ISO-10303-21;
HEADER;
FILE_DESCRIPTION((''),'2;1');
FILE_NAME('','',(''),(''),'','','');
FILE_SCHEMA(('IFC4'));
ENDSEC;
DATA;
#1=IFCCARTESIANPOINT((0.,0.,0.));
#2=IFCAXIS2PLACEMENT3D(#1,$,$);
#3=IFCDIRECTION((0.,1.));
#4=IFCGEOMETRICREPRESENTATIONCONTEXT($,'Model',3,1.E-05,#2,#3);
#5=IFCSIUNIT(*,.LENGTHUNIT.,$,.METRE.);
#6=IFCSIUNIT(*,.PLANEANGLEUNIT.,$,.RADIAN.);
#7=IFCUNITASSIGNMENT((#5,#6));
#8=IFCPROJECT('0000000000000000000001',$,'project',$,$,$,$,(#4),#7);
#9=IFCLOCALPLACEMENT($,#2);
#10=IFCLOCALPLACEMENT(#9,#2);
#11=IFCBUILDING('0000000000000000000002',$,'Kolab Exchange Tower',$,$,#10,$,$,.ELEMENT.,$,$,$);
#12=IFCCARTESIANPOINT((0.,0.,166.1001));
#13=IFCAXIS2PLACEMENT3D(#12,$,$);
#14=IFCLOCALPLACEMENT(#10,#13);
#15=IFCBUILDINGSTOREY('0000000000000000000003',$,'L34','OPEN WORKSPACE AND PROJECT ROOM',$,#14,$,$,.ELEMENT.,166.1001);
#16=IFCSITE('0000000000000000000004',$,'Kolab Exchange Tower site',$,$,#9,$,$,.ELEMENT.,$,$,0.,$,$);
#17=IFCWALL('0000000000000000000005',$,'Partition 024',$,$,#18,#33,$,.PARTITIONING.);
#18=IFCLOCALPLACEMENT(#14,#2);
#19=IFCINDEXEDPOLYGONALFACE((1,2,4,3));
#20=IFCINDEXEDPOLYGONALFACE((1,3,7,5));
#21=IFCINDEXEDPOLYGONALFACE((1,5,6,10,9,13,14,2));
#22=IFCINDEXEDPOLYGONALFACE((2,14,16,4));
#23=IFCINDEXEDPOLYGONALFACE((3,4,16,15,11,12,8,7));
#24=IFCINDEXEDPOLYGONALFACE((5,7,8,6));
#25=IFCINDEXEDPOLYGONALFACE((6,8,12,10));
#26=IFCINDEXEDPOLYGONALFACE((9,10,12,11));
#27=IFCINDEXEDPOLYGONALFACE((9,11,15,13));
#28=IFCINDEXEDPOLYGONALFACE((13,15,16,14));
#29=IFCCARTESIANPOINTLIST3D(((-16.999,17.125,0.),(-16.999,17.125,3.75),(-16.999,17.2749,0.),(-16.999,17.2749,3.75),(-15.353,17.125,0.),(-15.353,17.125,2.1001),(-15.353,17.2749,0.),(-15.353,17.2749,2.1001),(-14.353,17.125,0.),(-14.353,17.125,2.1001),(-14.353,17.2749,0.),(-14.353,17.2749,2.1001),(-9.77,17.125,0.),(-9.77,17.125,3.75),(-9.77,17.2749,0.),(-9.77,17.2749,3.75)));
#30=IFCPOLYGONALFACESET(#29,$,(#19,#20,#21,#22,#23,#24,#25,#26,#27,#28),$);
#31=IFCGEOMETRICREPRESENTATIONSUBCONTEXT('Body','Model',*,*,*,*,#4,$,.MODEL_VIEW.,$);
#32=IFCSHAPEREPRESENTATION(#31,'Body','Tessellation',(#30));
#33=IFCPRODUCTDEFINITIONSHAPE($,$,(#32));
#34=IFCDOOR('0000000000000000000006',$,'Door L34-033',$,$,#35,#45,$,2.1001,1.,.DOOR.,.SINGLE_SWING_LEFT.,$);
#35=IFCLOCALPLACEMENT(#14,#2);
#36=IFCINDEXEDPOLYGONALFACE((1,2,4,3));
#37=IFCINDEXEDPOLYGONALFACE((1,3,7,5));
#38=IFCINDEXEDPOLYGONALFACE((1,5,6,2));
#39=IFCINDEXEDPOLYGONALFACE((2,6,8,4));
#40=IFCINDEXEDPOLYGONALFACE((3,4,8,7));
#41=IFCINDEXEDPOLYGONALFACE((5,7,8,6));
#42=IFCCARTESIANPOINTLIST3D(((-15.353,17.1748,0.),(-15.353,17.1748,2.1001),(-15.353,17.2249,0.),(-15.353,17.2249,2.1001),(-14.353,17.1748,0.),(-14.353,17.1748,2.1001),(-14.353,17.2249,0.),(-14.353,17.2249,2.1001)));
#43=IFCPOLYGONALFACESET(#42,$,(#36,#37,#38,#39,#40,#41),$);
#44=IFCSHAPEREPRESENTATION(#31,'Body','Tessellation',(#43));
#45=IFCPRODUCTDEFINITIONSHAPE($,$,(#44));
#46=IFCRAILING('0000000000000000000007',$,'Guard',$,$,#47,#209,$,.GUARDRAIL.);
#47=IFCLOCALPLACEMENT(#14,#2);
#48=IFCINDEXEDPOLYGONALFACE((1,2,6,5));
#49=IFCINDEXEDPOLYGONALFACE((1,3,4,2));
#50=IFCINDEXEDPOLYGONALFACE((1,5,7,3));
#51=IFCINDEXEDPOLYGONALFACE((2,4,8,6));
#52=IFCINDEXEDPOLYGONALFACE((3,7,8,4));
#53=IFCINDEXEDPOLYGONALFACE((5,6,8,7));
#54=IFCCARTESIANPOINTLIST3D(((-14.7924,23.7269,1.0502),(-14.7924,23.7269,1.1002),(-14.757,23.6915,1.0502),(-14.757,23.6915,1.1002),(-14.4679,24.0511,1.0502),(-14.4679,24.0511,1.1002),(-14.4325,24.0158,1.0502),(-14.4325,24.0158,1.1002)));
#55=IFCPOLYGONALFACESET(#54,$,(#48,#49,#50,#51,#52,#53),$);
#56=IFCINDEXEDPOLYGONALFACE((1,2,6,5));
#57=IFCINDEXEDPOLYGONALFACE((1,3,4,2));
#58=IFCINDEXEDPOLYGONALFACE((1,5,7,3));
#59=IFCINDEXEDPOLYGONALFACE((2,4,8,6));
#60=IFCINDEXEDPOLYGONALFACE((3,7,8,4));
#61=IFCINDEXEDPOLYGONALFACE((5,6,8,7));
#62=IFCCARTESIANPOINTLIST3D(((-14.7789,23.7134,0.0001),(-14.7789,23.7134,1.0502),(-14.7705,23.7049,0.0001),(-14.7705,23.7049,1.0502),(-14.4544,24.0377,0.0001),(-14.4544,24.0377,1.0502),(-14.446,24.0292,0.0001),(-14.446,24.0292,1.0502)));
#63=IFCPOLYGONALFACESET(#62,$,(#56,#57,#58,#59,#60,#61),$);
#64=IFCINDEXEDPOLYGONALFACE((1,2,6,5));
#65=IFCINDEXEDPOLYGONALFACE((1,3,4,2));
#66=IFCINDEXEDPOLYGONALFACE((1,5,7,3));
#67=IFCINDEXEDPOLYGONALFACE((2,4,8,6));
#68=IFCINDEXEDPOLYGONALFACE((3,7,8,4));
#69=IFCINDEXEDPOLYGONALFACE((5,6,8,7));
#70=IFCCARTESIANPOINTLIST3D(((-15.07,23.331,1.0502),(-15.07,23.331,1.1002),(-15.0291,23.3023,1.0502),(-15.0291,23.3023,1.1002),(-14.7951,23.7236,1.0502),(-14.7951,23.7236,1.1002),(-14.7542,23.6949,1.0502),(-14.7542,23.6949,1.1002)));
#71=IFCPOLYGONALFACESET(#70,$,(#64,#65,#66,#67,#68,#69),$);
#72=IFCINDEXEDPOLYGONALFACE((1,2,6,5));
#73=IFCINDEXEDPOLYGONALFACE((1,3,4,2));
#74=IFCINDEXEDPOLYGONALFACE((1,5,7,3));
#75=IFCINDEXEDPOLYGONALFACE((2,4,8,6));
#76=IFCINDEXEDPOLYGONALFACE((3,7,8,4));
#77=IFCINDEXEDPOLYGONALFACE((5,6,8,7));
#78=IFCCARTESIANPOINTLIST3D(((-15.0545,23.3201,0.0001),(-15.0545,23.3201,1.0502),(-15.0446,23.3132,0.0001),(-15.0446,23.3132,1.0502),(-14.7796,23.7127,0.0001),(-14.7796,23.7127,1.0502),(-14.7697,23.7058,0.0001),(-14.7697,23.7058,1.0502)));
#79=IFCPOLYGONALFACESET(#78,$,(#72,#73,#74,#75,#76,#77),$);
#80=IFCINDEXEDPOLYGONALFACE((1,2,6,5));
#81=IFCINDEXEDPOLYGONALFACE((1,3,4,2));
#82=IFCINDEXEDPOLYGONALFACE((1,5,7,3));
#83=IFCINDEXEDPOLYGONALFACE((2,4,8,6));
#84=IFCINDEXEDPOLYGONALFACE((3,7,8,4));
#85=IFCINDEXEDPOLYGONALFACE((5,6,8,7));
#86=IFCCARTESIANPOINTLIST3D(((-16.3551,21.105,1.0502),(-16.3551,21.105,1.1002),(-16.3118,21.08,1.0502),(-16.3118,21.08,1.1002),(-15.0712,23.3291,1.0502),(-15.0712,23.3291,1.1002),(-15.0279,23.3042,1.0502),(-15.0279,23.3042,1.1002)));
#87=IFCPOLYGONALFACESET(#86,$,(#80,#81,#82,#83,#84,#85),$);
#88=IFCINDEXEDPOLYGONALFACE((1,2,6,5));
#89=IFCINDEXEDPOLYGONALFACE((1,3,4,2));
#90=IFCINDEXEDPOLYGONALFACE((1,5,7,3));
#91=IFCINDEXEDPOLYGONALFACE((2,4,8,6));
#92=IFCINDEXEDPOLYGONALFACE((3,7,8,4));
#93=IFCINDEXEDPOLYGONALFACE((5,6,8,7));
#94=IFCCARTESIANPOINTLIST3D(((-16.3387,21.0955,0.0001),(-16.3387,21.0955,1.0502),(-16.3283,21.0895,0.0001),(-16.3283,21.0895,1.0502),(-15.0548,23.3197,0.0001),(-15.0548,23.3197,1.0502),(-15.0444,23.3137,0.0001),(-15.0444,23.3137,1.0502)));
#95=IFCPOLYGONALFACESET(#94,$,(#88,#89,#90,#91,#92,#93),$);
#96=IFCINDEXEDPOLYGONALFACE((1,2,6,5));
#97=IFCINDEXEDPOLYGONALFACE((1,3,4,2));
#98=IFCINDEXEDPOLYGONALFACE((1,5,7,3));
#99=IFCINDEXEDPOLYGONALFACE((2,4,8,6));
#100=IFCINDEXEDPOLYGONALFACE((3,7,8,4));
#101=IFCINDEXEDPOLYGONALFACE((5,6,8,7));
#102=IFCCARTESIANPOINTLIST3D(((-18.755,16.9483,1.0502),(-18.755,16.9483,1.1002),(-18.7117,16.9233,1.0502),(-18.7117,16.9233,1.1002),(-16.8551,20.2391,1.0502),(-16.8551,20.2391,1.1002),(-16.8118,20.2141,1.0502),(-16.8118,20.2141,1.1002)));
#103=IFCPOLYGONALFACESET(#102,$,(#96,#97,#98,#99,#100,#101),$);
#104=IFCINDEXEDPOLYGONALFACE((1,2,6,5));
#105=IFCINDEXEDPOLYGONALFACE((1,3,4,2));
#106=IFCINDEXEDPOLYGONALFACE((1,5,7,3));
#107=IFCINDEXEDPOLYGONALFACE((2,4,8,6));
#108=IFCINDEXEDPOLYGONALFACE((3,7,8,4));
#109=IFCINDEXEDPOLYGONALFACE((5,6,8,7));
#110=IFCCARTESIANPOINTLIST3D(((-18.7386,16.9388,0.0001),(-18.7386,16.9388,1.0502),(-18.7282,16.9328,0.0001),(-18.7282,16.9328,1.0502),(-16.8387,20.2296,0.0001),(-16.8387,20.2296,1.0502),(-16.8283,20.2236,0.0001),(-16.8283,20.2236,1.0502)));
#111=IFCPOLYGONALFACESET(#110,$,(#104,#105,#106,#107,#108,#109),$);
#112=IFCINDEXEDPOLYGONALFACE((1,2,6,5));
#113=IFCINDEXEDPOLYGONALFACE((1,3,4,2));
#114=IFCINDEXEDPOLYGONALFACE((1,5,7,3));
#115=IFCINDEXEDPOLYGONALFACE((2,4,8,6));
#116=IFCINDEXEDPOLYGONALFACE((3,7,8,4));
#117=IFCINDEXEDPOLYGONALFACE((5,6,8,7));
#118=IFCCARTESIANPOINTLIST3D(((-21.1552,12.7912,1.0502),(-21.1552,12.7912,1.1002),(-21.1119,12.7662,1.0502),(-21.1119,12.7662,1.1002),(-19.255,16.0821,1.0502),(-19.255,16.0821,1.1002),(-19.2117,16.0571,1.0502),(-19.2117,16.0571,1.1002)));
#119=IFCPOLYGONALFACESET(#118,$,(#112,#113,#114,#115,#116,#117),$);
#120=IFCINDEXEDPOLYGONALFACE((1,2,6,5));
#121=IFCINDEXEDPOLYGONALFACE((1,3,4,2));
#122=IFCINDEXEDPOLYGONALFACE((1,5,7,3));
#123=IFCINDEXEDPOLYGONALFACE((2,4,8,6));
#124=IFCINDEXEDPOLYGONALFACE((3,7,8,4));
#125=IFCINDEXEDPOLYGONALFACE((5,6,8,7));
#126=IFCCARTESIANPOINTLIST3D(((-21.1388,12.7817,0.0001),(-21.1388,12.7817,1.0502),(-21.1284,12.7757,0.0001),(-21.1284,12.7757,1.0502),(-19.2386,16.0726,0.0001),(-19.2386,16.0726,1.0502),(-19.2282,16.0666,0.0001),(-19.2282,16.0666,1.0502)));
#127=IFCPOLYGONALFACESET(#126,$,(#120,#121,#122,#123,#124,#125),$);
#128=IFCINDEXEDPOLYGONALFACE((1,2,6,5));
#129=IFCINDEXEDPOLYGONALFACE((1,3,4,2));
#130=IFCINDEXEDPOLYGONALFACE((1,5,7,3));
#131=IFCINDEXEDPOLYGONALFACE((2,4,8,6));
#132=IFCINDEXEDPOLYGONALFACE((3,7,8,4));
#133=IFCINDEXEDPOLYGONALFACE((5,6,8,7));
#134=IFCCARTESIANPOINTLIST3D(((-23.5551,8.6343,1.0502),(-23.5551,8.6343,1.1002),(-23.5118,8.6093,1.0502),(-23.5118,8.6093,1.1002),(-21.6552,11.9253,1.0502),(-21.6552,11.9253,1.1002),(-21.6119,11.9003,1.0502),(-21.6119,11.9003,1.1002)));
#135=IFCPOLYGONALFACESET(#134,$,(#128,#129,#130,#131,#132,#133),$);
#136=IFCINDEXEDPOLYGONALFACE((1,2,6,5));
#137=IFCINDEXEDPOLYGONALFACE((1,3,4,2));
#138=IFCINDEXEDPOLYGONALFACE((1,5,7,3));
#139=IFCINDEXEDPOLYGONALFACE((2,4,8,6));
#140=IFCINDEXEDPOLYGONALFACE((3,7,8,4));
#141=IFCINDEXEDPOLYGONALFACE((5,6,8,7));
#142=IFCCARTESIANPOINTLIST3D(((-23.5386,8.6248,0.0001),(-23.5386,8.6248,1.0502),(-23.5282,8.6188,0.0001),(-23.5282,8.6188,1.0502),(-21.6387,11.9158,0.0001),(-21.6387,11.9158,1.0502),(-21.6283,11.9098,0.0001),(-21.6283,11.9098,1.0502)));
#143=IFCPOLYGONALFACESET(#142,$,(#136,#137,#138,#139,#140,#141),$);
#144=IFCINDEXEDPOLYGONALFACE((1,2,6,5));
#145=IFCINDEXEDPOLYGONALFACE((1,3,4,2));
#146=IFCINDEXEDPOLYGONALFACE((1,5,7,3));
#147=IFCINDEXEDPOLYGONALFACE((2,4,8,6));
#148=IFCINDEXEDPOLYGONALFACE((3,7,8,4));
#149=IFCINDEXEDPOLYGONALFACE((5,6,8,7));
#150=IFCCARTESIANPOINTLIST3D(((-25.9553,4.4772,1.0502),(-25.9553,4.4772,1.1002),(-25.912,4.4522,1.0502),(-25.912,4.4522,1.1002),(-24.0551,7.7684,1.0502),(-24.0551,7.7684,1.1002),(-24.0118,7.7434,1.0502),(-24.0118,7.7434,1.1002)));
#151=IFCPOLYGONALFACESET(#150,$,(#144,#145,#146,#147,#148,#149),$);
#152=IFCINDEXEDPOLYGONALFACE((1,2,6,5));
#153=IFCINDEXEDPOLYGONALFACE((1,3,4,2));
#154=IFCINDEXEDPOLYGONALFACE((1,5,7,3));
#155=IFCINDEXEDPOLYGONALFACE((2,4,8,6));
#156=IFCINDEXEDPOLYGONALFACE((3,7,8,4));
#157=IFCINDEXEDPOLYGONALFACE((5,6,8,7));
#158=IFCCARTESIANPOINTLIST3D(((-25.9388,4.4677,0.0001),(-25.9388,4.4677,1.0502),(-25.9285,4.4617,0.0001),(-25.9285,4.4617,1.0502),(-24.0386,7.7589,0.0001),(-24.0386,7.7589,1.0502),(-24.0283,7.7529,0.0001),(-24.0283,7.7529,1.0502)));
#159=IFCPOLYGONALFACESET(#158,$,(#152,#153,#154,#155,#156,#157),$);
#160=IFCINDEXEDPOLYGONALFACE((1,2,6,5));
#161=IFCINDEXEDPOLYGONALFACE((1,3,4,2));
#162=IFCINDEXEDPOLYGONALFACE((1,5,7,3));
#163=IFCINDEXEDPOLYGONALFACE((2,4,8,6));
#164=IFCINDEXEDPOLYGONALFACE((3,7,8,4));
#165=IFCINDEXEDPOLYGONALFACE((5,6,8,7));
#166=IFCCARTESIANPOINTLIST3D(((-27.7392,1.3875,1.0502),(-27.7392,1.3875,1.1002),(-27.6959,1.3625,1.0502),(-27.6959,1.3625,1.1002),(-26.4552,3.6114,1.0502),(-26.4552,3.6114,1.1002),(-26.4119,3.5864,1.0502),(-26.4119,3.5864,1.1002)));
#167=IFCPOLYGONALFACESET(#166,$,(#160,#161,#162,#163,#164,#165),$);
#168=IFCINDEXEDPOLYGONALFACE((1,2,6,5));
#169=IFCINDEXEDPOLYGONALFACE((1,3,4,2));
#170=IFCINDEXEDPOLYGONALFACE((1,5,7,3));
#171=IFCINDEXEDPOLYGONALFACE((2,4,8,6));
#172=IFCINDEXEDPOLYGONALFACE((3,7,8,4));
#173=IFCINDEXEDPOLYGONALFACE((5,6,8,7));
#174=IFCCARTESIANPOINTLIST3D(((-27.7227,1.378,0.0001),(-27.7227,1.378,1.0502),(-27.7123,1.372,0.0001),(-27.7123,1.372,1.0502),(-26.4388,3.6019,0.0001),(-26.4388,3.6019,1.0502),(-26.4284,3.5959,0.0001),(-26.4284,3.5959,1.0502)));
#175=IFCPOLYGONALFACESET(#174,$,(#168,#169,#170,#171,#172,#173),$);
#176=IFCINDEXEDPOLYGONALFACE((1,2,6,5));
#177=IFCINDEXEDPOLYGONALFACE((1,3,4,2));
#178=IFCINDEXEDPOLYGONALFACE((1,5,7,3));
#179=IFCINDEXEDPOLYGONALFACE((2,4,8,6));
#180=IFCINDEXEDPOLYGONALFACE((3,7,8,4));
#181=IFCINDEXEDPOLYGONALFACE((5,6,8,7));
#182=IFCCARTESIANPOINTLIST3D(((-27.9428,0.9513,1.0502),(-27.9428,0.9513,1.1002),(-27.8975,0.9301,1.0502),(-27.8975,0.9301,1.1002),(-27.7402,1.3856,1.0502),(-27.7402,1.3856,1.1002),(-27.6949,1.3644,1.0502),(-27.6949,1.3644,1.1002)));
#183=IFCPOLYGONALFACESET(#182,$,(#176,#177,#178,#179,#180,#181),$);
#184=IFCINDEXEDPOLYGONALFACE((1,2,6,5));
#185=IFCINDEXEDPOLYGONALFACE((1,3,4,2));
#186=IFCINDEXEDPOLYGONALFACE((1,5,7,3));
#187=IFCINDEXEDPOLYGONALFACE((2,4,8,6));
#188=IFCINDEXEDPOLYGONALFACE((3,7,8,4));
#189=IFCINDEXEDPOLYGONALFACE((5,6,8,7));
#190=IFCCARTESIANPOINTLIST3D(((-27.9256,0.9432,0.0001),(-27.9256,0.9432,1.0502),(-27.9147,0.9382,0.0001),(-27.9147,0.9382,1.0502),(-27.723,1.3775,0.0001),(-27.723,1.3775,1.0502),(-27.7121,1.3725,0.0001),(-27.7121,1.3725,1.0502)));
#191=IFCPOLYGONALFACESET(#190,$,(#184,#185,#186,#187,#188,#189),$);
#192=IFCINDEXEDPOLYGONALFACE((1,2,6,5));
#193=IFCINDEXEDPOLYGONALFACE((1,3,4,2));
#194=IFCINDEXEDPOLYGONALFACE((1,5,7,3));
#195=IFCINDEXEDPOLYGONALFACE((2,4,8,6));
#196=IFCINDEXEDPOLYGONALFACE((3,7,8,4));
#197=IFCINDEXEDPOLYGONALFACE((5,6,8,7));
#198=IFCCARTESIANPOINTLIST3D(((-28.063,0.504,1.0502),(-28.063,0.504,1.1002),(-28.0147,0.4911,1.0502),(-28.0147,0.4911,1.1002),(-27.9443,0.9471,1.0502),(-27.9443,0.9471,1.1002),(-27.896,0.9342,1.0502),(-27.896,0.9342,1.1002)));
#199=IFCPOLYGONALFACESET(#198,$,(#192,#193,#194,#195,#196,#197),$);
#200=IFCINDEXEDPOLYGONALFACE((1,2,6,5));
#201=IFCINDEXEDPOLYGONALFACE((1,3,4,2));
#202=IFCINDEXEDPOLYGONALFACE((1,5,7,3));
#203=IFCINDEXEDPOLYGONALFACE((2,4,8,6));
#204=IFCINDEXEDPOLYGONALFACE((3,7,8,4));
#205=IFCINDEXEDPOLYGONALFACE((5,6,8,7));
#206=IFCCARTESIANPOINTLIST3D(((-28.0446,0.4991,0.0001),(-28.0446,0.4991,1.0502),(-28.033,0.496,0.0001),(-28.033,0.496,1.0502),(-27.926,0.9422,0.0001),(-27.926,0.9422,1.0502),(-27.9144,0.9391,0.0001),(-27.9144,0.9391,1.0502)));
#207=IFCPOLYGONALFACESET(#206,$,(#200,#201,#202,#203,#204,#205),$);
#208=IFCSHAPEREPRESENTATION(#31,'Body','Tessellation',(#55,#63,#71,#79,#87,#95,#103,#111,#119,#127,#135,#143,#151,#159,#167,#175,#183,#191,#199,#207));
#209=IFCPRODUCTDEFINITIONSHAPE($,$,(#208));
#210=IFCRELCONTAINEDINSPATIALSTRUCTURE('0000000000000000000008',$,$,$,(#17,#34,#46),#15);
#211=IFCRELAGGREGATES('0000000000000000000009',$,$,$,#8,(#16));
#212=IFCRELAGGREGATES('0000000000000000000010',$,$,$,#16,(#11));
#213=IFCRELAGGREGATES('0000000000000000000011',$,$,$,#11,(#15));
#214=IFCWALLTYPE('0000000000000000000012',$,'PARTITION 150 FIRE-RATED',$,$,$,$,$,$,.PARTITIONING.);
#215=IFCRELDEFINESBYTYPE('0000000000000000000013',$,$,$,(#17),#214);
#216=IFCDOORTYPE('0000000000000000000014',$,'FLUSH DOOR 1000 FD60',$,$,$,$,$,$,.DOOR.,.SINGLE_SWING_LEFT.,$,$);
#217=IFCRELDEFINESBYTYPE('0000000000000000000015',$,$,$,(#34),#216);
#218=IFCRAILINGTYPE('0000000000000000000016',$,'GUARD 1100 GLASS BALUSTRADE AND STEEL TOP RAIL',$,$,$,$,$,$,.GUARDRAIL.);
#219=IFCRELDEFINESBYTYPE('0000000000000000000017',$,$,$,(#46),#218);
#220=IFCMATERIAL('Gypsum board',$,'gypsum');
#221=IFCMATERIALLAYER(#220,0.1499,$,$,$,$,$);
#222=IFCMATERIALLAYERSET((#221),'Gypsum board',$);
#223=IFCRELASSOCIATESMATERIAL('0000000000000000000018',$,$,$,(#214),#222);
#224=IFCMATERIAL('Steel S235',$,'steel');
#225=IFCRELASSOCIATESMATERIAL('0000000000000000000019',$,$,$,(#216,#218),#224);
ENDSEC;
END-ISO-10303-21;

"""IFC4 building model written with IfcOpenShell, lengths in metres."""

from ifc_helpers import new_model, si_unit, direction, frame, frame_2d, origin, origin_2d, place, context, subcontext, project, spatial, rectangle, extrude, material, layer, layer_set, type_object, element, fill, save


model = new_model("IFC4")

# Units and contexts
model_context = context("Model", 3, precision=1e-05, world=origin(), true_north=direction((0.0, 1.0)))
body_context = subcontext(model_context, "Body", "Model", "MODEL_VIEW")
ifc_project = project(units=[si_unit("LENGTHUNIT", "METRE"), si_unit("PLANEANGLEUNIT", "RADIAN")], contexts=[model_context])

# Site, building, storey
site_placement = place(None, origin())
site = spatial("IfcSite", under=ifc_project, at=site_placement, Name="Kolab Exchange Tower site", CompositionType="ELEMENT", RefElevation=0.0)
building_placement = place(site_placement, origin())
building = spatial("IfcBuilding", under=site, at=building_placement, Name="Kolab Exchange Tower", CompositionType="ELEMENT")
storey_placement = place(building_placement, frame((0.0, 0.0, 166.1001)))
storey = spatial("IfcBuildingStorey", under=building, at=storey_placement, Name="L34", Description="OPEN WORKSPACE AND PROJECT ROOM", CompositionType="ELEMENT", Elevation=166.1001)

# Wall, opening, door
ifc_material_1 = material(Name="Gypsum board", Category="gypsum")
ifc_layer_1 = layer(ifc_material_1, 0.1499)
ifc_layer_set_1 = layer_set([ifc_layer_1], Name="Gypsum board")
wall_type_1 = type_object("IfcWallType", Name="PARTITION 150 FIRE-RATED", PredefinedType="PARTITIONING", material=ifc_layer_set_1)
wall_1_placement = place(storey_placement, frame((-16.999, 17.2, 0.0), z_axis=(0.0, 0.0, 1.0), x_axis=(1.0, 0.0, 0.0)))
wall_1 = element("IfcWall", 1, at=wall_1_placement, inside=storey, type_object=wall_type_1, Name="Partition 024", PredefinedType="PARTITIONING", context=body_context, shape_type="SweptSolid", body=[
    extrude(rectangle(XDim=7.229, YDim=0.1499, at=frame_2d((3.6145, 0.0))), origin(), (0.0, 0.0, 1.0), 3.75),
])
opening_1_placement = place(wall_1_placement, frame((1.646, 0.0, 0.0)))
opening_1 = element("IfcOpeningElement", 2, at=opening_1_placement, cuts=wall_1, PredefinedType="OPENING", context=body_context, shape_type="SweptSolid", body=[
    extrude(rectangle(XDim=1.0, YDim=2.1001, at=frame_2d((0.5, 1.05))), frame((0.0, 0.085, 0.0), z_axis=(0.0, -1.0, 0.0), x_axis=(1.0, 0.0, 0.0)), (0.0, 0.0, 1.0), 0.1699),
])
ifc_material_2 = material(Name="Steel S235", Category="steel")
door_type_1 = type_object("IfcDoorType", Name="FLUSH DOOR 1000 FD60", OperationType="SINGLE_SWING_LEFT", PredefinedType="DOOR", material=ifc_material_2)
door_1_placement = place(opening_1_placement, origin())
door_1 = element("IfcDoor", 3, at=door_1_placement, inside=storey, type_object=door_type_1, Name="Door L34-033", OperationType="SINGLE_SWING_LEFT", OverallHeight=2.1001, OverallWidth=1.0, PredefinedType="DOOR", context=body_context, shape_type="SweptSolid", body=[
    extrude(rectangle(XDim=1.0, YDim=2.1001, at=frame_2d((0.5, 1.05))), frame((0.0, 0.0249, 0.0), z_axis=(0.0, -1.0, 0.0), x_axis=(1.0, 0.0, 0.0)), (0.0, 0.0, 1.0), 0.05),
])
fill(opening_1, door_1)

# Railing
railing_type = type_object("IfcRailingType", Name="GUARD 1100 GLASS BALUSTRADE AND STEEL TOP RAIL", PredefinedType="GUARDRAIL", material=ifc_material_2)
railing_1_placement = place(storey_placement, frame((-14.4502, 24.0334, 0.0)))
element("IfcRailing", 4, at=railing_1_placement, inside=storey, type_object=railing_type, Name="Guard", PredefinedType="GUARDRAIL", context=body_context, shape_type="SweptSolid", body=[
    extrude(rectangle(XDim=0.05, YDim=0.05, at=origin_2d()), frame((0.0, 0.0, 1.0752), z_axis=(-0.707373, -0.706841, 0.0), x_axis=(0.706841, -0.707373, 0.0)), (0.0, 0.0, 1.0), 0.4587),
    extrude(rectangle(XDim=0.012, YDim=1.0501, at=frame_2d((0.0, 0.5251))), frame((0.0, 0.0, 0.0), z_axis=(-0.707373, -0.706841, 0.0), x_axis=(0.706841, -0.707373, 0.0)), (0.0, 0.0, 1.0), 0.4587),
    extrude(rectangle(XDim=0.05, YDim=0.05, at=origin_2d()), frame((-0.3245, -0.3242, 1.0752), z_axis=(-0.573599, -0.819136, 0.0), x_axis=(0.819136, -0.573599, 0.0)), (0.0, 0.0, 1.0), 0.4792),
    extrude(rectangle(XDim=0.012, YDim=1.0501, at=frame_2d((0.0, 0.5251))), frame((-0.3245, -0.3242, 0.0), z_axis=(-0.573599, -0.819136, 0.0), x_axis=(0.819136, -0.573599, 0.0)), (0.0, 0.0, 1.0), 0.4792),
    extrude(rectangle(XDim=0.05, YDim=0.05, at=origin_2d()), frame((-0.5994, -0.7168, 1.0752), z_axis=(-0.499953, -0.866053, 0.0), x_axis=(0.866053, -0.499953, 0.0)), (0.0, 0.0, 1.0), 2.5681),
    extrude(rectangle(XDim=0.012, YDim=1.0501, at=frame_2d((0.0, 0.5251))), frame((-0.5994, -0.7168, 0.0), z_axis=(-0.499953, -0.866053, 0.0), x_axis=(0.866053, -0.499953, 0.0)), (0.0, 0.0, 1.0), 2.5681),
    extrude(rectangle(XDim=0.05, YDim=0.05, at=origin_2d()), frame((-2.3833, -3.8069, 1.0752), z_axis=(-0.499995, -0.866028, 0.0), x_axis=(0.866028, -0.499995, 0.0)), (0.0, 0.0, 1.0), 3.7998),
    extrude(rectangle(XDim=0.012, YDim=1.0501, at=frame_2d((0.0, 0.5251))), frame((-2.3833, -3.8069, 0.0), z_axis=(-0.499995, -0.866028, 0.0), x_axis=(0.866028, -0.499995, 0.0)), (0.0, 0.0, 1.0), 3.7998),
    extrude(rectangle(XDim=0.05, YDim=0.05, at=origin_2d()), frame((-4.7832, -7.9639, 1.0752), z_axis=(-0.500043, -0.866, 0.0), x_axis=(0.866, -0.500043, 0.0)), (0.0, 0.0, 1.0), 3.8),
    extrude(rectangle(XDim=0.012, YDim=1.0501, at=frame_2d((0.0, 0.5251))), frame((-4.7832, -7.9639, 0.0), z_axis=(-0.500043, -0.866, 0.0), x_axis=(0.866, -0.500043, 0.0)), (0.0, 0.0, 1.0), 3.8),
    extrude(rectangle(XDim=0.05, YDim=0.05, at=origin_2d()), frame((-7.1833, -12.1206, 1.0752), z_axis=(-0.499967, -0.866044, 0.0), x_axis=(0.866044, -0.499967, 0.0)), (0.0, 0.0, 1.0), 3.8),
    extrude(rectangle(XDim=0.012, YDim=1.0501, at=frame_2d((0.0, 0.5251))), frame((-7.1833, -12.1206, 0.0), z_axis=(-0.499967, -0.866044, 0.0), x_axis=(0.866044, -0.499967, 0.0)), (0.0, 0.0, 1.0), 3.8),
    extrude(rectangle(XDim=0.05, YDim=0.05, at=origin_2d()), frame((-9.5833, -16.2776, 1.0752), z_axis=(-0.500015, -0.866017, 0.0), x_axis=(0.866017, -0.500015, 0.0)), (0.0, 0.0, 1.0), 3.8003),
    extrude(rectangle(XDim=0.012, YDim=1.0501, at=frame_2d((0.0, 0.5251))), frame((-9.5833, -16.2776, 0.0), z_axis=(-0.500015, -0.866017, 0.0), x_axis=(0.866017, -0.500015, 0.0)), (0.0, 0.0, 1.0), 3.8003),
    extrude(rectangle(XDim=0.05, YDim=0.05, at=origin_2d()), frame((-11.9834, -20.4346, 1.0752), z_axis=(-0.499994, -0.866029, 0.0), x_axis=(0.866029, -0.499994, 0.0)), (0.0, 0.0, 1.0), 2.5679),
    extrude(rectangle(XDim=0.012, YDim=1.0501, at=frame_2d((0.0, 0.5251))), frame((-11.9834, -20.4346, 0.0), z_axis=(-0.499994, -0.866029, 0.0), x_axis=(0.866029, -0.499994, 0.0)), (0.0, 0.0, 1.0), 2.5679),
    extrude(rectangle(XDim=0.05, YDim=0.05, at=origin_2d()), frame((-13.2673, -22.6584, 1.0752), z_axis=(-0.422802, -0.906222, 0.0), x_axis=(0.906222, -0.422802, 0.0)), (0.0, 0.0, 1.0), 0.4792),
    extrude(rectangle(XDim=0.012, YDim=1.0501, at=frame_2d((0.0, 0.5251))), frame((-13.2673, -22.6584, 0.0), z_axis=(-0.422802, -0.906222, 0.0), x_axis=(0.906222, -0.422802, 0.0)), (0.0, 0.0, 1.0), 0.4792),
    extrude(rectangle(XDim=0.05, YDim=0.05, at=origin_2d()), frame((-13.47, -23.0928, 1.0752), z_axis=(-0.258656, -0.965969, 0.0), x_axis=(0.965969, -0.258656, 0.0)), (0.0, 0.0, 1.0), 0.4587),
    extrude(rectangle(XDim=0.012, YDim=1.0501, at=frame_2d((0.0, 0.5251))), frame((-13.47, -23.0928, 0.0), z_axis=(-0.258656, -0.965969, 0.0), x_axis=(0.965969, -0.258656, 0.0)), (0.0, 0.0, 1.0), 0.4587),
])

save(model, "model.ifc")
